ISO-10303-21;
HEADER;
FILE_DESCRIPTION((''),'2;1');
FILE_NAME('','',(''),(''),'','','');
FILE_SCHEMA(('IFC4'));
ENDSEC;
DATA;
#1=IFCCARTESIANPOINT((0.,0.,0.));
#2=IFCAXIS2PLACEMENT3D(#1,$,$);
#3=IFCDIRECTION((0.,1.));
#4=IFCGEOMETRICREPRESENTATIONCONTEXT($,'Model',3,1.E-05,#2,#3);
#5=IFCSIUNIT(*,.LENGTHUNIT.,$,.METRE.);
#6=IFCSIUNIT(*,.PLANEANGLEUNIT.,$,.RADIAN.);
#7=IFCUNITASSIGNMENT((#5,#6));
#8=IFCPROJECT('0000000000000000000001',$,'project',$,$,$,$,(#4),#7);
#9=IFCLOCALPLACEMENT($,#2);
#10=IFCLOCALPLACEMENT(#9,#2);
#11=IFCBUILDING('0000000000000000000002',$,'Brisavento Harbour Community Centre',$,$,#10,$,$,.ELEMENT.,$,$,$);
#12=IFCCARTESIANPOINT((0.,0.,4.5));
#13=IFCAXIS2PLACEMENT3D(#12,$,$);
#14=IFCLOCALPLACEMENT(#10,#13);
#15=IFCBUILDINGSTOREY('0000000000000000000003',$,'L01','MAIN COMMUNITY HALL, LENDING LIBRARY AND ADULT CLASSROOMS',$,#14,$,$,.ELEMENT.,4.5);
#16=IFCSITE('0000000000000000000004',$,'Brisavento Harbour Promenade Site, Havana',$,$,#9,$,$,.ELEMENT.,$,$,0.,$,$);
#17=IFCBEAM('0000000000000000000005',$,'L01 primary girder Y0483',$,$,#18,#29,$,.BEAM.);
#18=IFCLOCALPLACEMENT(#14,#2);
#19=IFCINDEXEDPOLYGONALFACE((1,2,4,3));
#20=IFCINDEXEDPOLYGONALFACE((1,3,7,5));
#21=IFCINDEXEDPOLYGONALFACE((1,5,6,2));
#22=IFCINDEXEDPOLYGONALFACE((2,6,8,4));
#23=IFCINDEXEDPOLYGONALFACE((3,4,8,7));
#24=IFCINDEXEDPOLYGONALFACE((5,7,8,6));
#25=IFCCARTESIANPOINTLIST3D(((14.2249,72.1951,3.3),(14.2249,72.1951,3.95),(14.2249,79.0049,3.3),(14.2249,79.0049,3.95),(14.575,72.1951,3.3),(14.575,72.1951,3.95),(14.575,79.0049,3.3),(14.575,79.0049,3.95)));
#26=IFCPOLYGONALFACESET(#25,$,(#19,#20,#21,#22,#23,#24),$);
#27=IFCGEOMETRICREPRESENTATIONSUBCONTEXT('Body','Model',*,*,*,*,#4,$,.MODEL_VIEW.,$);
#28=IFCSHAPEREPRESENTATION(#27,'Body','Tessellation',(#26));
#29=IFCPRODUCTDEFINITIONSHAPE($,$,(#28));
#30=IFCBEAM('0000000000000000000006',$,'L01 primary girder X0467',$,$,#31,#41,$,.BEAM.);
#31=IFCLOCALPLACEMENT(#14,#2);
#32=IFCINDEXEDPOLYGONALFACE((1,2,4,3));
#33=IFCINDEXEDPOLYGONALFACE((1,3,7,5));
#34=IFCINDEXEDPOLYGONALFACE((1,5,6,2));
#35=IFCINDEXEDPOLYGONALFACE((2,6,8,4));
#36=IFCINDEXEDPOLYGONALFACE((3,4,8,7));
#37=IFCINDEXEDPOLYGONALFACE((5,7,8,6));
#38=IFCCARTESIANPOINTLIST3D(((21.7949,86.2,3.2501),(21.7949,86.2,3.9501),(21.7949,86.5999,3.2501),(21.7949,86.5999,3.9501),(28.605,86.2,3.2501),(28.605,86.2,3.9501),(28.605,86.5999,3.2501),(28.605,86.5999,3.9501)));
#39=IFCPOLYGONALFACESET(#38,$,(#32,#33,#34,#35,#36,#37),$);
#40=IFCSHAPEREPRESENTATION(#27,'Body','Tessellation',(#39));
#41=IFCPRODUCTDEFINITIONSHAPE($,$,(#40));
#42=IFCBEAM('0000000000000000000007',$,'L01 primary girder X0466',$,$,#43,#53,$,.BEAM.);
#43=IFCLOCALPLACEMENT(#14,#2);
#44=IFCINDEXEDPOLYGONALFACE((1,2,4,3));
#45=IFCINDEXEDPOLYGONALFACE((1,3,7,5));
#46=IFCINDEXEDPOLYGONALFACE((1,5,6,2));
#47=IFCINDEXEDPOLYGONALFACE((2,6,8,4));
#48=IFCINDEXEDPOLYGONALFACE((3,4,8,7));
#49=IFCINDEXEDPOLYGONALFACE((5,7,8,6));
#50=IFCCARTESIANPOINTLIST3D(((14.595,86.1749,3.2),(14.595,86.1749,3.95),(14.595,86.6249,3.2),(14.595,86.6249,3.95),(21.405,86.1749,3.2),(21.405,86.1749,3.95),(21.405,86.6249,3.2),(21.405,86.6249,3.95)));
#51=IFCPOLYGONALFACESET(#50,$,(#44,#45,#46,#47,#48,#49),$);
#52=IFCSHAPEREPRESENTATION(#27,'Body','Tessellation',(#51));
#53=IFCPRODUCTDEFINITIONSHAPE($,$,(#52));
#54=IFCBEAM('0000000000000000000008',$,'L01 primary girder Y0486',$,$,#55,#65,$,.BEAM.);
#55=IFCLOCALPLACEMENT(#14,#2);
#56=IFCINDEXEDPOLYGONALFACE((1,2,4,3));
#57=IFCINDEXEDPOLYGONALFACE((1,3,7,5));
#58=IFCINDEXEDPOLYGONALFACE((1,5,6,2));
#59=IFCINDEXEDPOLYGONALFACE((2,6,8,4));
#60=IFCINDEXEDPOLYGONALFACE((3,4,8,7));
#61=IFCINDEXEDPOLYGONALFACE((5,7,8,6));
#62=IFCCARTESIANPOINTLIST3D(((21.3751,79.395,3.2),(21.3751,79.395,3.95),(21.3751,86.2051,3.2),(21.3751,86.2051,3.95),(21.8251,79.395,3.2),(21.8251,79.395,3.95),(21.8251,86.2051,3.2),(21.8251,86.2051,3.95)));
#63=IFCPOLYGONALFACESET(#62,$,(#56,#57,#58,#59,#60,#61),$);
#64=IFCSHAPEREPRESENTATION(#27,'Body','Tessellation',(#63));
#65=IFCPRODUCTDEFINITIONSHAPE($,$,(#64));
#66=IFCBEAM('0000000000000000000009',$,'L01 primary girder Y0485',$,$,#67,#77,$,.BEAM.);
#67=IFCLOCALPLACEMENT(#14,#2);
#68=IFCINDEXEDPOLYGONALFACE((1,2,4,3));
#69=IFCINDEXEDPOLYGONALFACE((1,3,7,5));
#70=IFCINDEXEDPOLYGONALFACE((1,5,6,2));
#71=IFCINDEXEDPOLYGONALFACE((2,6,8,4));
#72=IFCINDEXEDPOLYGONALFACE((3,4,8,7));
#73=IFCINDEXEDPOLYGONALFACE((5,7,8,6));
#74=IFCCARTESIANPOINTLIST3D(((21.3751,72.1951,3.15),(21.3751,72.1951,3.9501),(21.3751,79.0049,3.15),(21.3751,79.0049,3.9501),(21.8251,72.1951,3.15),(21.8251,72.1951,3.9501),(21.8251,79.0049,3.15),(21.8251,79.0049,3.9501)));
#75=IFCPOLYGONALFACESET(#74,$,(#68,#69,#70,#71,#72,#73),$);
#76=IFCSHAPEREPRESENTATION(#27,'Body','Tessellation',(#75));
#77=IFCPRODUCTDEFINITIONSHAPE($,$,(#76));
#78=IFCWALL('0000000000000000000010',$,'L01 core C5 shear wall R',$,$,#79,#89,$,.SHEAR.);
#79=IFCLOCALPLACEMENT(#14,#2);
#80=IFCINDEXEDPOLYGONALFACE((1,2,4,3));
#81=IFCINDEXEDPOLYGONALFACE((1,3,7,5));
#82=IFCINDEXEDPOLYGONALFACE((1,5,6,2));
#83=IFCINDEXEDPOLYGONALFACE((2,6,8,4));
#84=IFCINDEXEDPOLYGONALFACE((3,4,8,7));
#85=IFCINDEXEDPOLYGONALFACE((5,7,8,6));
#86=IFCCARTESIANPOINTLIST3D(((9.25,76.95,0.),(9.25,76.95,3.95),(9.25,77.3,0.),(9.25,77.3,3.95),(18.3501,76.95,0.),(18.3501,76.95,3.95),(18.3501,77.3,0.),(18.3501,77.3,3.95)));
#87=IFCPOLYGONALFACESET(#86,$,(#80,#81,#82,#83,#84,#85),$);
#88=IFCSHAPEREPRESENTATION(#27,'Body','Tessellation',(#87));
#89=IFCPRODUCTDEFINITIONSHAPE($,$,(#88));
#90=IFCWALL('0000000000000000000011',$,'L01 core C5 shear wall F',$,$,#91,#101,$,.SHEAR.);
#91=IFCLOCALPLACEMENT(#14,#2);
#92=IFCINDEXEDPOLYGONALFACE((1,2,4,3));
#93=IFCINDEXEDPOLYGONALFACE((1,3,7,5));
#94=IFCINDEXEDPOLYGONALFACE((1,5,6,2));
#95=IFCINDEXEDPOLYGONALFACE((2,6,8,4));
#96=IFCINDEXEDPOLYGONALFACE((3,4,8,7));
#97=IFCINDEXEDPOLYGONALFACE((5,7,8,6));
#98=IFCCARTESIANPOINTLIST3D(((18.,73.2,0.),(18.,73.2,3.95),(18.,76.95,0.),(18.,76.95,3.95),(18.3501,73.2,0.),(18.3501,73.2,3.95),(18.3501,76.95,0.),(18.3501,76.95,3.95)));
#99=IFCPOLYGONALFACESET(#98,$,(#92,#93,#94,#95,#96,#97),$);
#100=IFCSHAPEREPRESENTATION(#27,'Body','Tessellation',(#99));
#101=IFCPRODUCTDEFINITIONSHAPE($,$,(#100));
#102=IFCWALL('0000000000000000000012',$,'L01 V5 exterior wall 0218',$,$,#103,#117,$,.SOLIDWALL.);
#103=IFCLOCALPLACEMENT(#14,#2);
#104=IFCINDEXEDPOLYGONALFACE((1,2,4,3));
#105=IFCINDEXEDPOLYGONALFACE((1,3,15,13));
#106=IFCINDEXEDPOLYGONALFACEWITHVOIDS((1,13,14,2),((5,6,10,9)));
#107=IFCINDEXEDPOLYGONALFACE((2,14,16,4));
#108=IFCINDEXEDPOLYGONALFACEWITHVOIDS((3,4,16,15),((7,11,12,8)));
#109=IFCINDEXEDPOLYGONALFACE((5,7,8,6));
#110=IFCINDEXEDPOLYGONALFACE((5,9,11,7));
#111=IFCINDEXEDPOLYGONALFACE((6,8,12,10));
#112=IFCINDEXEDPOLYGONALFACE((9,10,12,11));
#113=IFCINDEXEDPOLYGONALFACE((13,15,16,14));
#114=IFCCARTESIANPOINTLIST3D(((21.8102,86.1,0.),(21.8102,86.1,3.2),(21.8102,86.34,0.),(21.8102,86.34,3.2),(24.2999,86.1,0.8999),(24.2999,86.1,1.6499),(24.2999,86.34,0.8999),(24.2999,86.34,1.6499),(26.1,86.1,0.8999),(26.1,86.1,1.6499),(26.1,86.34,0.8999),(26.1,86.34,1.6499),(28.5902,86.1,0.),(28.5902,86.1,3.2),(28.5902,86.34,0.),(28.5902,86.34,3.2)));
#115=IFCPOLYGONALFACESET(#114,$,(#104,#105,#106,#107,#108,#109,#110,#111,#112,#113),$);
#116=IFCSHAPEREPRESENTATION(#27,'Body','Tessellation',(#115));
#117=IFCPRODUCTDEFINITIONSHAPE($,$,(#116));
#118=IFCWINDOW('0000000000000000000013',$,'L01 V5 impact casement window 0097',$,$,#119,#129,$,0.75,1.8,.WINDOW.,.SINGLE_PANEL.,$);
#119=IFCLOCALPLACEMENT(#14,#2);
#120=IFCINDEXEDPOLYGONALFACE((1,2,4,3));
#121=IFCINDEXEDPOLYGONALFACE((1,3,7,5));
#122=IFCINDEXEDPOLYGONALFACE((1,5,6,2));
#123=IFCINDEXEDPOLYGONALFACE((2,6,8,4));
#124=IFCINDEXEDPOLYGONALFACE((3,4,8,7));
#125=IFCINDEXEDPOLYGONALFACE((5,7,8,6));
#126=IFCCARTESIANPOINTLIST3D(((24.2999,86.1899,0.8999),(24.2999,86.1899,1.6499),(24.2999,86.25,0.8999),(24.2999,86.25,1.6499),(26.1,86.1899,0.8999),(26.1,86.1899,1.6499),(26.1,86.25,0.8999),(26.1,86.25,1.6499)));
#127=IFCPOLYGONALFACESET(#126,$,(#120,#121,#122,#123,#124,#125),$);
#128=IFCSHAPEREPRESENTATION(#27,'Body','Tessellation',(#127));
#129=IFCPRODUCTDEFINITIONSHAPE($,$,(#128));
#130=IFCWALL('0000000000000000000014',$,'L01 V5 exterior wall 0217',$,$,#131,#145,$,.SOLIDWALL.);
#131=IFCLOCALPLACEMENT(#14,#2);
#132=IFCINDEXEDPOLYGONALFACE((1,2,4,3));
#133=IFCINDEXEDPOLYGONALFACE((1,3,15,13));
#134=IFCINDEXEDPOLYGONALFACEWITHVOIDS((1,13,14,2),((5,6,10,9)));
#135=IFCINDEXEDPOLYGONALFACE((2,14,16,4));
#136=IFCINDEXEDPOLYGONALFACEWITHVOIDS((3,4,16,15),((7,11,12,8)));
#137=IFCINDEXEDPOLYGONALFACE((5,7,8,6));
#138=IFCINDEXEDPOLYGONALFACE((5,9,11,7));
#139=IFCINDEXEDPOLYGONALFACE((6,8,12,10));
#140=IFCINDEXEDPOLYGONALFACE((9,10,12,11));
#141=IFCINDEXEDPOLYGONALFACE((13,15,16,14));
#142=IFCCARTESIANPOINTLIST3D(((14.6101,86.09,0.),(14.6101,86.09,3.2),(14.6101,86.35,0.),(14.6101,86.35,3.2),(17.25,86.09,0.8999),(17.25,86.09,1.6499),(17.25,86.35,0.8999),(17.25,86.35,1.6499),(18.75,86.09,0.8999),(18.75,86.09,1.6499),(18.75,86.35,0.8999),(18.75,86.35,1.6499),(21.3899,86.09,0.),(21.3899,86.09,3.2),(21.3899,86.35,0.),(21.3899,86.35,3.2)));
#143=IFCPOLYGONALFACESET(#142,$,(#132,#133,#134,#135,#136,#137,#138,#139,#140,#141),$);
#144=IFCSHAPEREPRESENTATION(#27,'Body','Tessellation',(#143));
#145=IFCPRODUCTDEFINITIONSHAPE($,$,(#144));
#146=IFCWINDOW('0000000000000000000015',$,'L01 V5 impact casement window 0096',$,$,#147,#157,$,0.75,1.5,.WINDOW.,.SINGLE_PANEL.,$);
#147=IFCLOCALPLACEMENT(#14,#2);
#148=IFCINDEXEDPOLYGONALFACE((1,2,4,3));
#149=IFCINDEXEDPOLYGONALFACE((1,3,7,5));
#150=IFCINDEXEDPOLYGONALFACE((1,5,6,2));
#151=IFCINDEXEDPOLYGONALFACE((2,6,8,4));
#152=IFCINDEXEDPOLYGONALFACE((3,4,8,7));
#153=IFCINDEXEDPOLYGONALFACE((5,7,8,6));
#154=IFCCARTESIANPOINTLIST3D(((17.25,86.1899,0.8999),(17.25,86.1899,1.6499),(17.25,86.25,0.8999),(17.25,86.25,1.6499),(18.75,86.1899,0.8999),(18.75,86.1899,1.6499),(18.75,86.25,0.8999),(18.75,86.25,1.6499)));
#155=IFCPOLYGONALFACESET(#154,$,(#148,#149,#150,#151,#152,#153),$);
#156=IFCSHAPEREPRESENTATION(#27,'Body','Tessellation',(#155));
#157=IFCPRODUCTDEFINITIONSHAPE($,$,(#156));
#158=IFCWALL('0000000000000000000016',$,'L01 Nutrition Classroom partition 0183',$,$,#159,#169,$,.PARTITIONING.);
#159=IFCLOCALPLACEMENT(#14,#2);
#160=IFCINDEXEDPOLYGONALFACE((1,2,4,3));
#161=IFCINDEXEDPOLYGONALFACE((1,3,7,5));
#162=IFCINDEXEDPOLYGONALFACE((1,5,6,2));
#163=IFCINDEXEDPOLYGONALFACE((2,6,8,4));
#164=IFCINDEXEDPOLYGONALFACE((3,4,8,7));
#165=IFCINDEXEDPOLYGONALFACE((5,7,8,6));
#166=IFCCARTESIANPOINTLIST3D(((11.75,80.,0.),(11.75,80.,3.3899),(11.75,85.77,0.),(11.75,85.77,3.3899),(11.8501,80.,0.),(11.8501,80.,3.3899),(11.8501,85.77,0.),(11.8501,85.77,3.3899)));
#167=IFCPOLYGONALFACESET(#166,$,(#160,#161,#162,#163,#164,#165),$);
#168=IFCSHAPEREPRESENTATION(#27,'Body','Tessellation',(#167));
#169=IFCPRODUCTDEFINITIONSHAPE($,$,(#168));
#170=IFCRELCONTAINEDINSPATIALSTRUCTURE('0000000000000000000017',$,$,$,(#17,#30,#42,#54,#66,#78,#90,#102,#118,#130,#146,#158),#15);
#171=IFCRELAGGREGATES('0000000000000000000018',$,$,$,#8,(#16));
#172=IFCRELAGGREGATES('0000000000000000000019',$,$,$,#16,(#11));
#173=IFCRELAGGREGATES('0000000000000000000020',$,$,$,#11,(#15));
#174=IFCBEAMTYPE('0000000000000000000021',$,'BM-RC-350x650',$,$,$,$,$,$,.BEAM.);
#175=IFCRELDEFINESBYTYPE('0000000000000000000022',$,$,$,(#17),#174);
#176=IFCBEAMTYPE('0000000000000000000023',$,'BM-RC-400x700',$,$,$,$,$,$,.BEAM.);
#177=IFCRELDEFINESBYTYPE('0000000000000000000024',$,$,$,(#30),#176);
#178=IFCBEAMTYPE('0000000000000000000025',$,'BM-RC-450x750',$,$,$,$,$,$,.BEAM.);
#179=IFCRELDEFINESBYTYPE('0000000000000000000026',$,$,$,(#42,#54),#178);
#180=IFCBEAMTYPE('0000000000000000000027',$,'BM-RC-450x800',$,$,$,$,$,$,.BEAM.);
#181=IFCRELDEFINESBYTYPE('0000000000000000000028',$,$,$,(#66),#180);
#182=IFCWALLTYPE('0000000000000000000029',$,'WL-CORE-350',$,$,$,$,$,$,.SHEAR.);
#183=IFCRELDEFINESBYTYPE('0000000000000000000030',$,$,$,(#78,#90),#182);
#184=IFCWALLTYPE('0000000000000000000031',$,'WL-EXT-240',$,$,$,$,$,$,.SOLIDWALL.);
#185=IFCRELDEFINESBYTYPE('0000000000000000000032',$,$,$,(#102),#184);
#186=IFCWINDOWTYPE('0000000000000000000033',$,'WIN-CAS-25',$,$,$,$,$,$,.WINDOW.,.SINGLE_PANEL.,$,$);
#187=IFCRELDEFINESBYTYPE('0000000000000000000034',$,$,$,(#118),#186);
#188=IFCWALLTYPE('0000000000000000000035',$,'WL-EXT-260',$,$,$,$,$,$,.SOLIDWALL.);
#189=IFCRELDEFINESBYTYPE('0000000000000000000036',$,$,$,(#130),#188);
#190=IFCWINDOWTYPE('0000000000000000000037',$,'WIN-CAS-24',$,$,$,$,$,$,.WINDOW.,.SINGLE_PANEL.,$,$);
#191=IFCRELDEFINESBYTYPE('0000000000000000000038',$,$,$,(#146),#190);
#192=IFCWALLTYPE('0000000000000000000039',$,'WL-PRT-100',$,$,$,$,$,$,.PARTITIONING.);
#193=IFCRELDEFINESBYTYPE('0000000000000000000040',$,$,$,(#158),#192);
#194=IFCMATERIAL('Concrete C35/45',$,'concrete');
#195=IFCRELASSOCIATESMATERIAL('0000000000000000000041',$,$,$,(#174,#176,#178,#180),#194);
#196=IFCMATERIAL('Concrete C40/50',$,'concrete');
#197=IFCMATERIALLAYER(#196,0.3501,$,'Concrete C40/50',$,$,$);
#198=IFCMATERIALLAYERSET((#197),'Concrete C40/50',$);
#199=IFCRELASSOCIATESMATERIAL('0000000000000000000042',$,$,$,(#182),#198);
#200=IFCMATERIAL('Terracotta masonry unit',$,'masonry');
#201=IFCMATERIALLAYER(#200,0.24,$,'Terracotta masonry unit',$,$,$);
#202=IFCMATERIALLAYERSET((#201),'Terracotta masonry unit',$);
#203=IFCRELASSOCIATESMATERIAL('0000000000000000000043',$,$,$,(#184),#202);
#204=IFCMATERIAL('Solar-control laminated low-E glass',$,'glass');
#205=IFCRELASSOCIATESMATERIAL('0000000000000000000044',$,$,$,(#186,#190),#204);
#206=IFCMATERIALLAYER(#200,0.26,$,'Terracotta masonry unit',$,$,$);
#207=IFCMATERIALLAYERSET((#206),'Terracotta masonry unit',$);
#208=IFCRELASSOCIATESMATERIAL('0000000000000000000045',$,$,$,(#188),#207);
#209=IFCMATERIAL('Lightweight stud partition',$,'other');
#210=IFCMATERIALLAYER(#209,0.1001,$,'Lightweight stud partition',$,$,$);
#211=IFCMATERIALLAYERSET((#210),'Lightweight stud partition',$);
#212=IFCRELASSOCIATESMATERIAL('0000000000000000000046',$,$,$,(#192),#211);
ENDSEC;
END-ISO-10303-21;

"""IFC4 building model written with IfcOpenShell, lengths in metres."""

from ifc_helpers import new_model, si_unit, direction, frame, frame_2d, origin, origin_2d, place, context, subcontext, project, spatial, rectangle, extrude, material, layer, layer_set, material_profile, profile_set, type_object, element, fill, save


model = new_model("IFC4")

# Units and contexts
model_context = context("Model", 3, precision=1e-05, world=origin(), true_north=direction((0.0, 1.0)))
body_context = subcontext(model_context, "Body", "Model", "MODEL_VIEW")
ifc_project = project(units=[si_unit("LENGTHUNIT", "METRE"), si_unit("PLANEANGLEUNIT", "RADIAN")], contexts=[model_context])

# Site, building, storey
site_placement = place(None, origin())
site = spatial("IfcSite", under=ifc_project, at=site_placement, Name="Brisavento Harbour Promenade Site, Havana", CompositionType="ELEMENT", RefElevation=0.0)
building_placement = place(site_placement, origin())
building = spatial("IfcBuilding", under=site, at=building_placement, Name="Brisavento Harbour Community Centre", CompositionType="ELEMENT")
storey_placement = place(building_placement, frame((0.0, 0.0, 4.5)))
storey = spatial("IfcBuildingStorey", under=building, at=storey_placement, Name="L01", Description="MAIN COMMUNITY HALL, LENDING LIBRARY AND ADULT CLASSROOMS", CompositionType="ELEMENT", Elevation=4.5)

# Shared definitions
ifc_material_1 = material(Name="Concrete C35/45", Category="concrete")

# Beams
ifc_material_profile_1 = material_profile(ifc_material_1, rectangle(XDim=0.3501, YDim=0.6499, at=origin_2d()), Name="Concrete C35/45")
ifc_profile_set_1 = profile_set([ifc_material_profile_1], Name="Concrete C35/45")
beam_type_1 = type_object("IfcBeamType", Name="BM-RC-350x650", PredefinedType="BEAM", material=ifc_profile_set_1)
beam_1_placement = place(storey_placement, frame((14.3999, 72.1951, 3.625), z_axis=(0.0, 1.0, 0.0), x_axis=(-1.0, 0.0, 0.0)))
element("IfcBeam", 1, at=beam_1_placement, inside=storey, type_object=beam_type_1, Name="L01 primary girder Y0483", PredefinedType="BEAM", context=body_context, shape_type="SweptSolid", body=[
    extrude(rectangle(XDim=0.3501, YDim=0.6499, at=origin_2d()), origin(), (0.0, 0.0, 1.0), 6.8098),
])
ifc_material_profile_2 = material_profile(ifc_material_1, rectangle(XDim=0.3999, YDim=0.7, at=origin_2d()), Name="Concrete C35/45")
ifc_profile_set_2 = profile_set([ifc_material_profile_2], Name="Concrete C35/45")
beam_type_2 = type_object("IfcBeamType", Name="BM-RC-400x700", PredefinedType="BEAM", material=ifc_profile_set_2)
beam_2_placement = place(storey_placement, frame((21.7949, 86.3999, 3.6001), z_axis=(1.0, 0.0, 0.0), x_axis=(0.0, 1.0, 0.0)))
element("IfcBeam", 2, at=beam_2_placement, inside=storey, type_object=beam_type_2, Name="L01 primary girder X0467", PredefinedType="BEAM", context=body_context, shape_type="SweptSolid", body=[
    extrude(rectangle(XDim=0.3999, YDim=0.7, at=origin_2d()), origin(), (0.0, 0.0, 1.0), 6.8101),
])
ifc_material_profile_3 = material_profile(ifc_material_1, rectangle(XDim=0.45, YDim=0.75, at=origin_2d()), Name="Concrete C35/45")
ifc_profile_set_3 = profile_set([ifc_material_profile_3], Name="Concrete C35/45")
beam_type_3 = type_object("IfcBeamType", Name="BM-RC-450x750", PredefinedType="BEAM", material=ifc_profile_set_3)
for number, where, z_axis, x_axis, name in (
    (3, (14.595, 86.3999, 3.575), (1.0, 0.0, 0.0), (0.0, 1.0, 0.0), "L01 primary girder X0466"),
    (4, (21.6001, 79.395, 3.575), (0.0, 1.0, 0.0), (-1.0, 0.0, 0.0), "L01 primary girder Y0486"),
):
    element("IfcBeam", number, at=place(storey_placement, frame(where, z_axis=z_axis, x_axis=x_axis)), inside=storey, type_object=beam_type_3, Name=name, PredefinedType="BEAM", context=body_context, shape_type="SweptSolid", body=[
        extrude(rectangle(XDim=0.45, YDim=0.75, at=origin_2d()), origin(), (0.0, 0.0, 1.0), 6.8101),
    ])
ifc_material_profile_4 = material_profile(ifc_material_1, rectangle(XDim=0.45, YDim=0.8, at=origin_2d()), Name="Concrete C35/45")
ifc_profile_set_4 = profile_set([ifc_material_profile_4], Name="Concrete C35/45")
beam_type_4 = type_object("IfcBeamType", Name="BM-RC-450x800", PredefinedType="BEAM", material=ifc_profile_set_4)
beam_3_placement = place(storey_placement, frame((21.6001, 72.1951, 3.55), z_axis=(0.0, 1.0, 0.0), x_axis=(-1.0, 0.0, 0.0)))
element("IfcBeam", 5, at=beam_3_placement, inside=storey, type_object=beam_type_4, Name="L01 primary girder Y0485", PredefinedType="BEAM", context=body_context, shape_type="SweptSolid", body=[
    extrude(rectangle(XDim=0.45, YDim=0.8, at=origin_2d()), origin(), (0.0, 0.0, 1.0), 6.8098),
])

# Walls
ifc_material_2 = material(Name="Concrete C40/50", Category="concrete")
ifc_layer_1 = layer(ifc_material_2, 0.3501, Name="Concrete C40/50")
ifc_layer_set_1 = layer_set([ifc_layer_1], Name="Concrete C40/50")
wall_type_1 = type_object("IfcWallType", Name="WL-CORE-350", PredefinedType="SHEAR", material=ifc_layer_set_1)
wall_1_placement = place(storey_placement, frame((18.3501, 77.125, 0.0), z_axis=(0.0, 0.0, 1.0), x_axis=(-1.0, 0.0, 0.0)))
element("IfcWall", 6, at=wall_1_placement, inside=storey, type_object=wall_type_1, Name="L01 core C5 shear wall R", PredefinedType="SHEAR", context=body_context, shape_type="SweptSolid", body=[
    extrude(rectangle(XDim=9.1001, YDim=0.3501, at=frame_2d((4.55, 0.0))), origin(), (0.0, 0.0, 1.0), 3.95),
])
wall_2_placement = place(storey_placement, frame((18.175, 73.2, 0.0), z_axis=(0.0, 0.0, 1.0), x_axis=(0.0, 1.0, 0.0)))
element("IfcWall", 7, at=wall_2_placement, inside=storey, type_object=wall_type_1, Name="L01 core C5 shear wall F", PredefinedType="SHEAR", context=body_context, shape_type="SweptSolid", body=[
    extrude(rectangle(XDim=3.75, YDim=0.3501, at=frame_2d((1.875, 0.0))), origin(), (0.0, 0.0, 1.0), 3.95),
])

# Walls, openings, windows
ifc_material_3 = material(Name="Terracotta masonry unit", Category="masonry")
ifc_layer_2 = layer(ifc_material_3, 0.24, Name="Terracotta masonry unit")
ifc_layer_set_2 = layer_set([ifc_layer_2], Name="Terracotta masonry unit")
wall_type_2 = type_object("IfcWallType", Name="WL-EXT-240", PredefinedType="SOLIDWALL", material=ifc_layer_set_2)
wall_3_placement = place(storey_placement, frame((21.8101, 86.22, 0.0), z_axis=(0.0, 0.0, 1.0), x_axis=(1.0, 0.0, 0.0)))
wall_3 = element("IfcWall", 8, at=wall_3_placement, inside=storey, type_object=wall_type_2, Name="L01 V5 exterior wall 0218", PredefinedType="SOLIDWALL", context=body_context, shape_type="SweptSolid", body=[
    extrude(rectangle(XDim=6.78, YDim=0.24, at=frame_2d((3.3901, 0.0))), origin(), (0.0, 0.0, 1.0), 3.2),
])
opening_1_placement = place(wall_3_placement, frame((2.49, 0.0, 0.8999)))
opening_1 = element("IfcOpeningElement", 9, at=opening_1_placement, cuts=wall_3, PredefinedType="OPENING", context=body_context, shape_type="SweptSolid", body=[
    extrude(rectangle(XDim=1.8, YDim=0.75, at=frame_2d((0.8999, 0.375))), frame((0.0, 0.1299, 0.0), z_axis=(0.0, -1.0, 0.0), x_axis=(1.0, 0.0, 0.0)), (0.0, 0.0, 1.0), 0.26),
])
ifc_material_4 = material(Name="Solar-control laminated low-E glass", Category="glass")
window_type_1 = type_object("IfcWindowType", Name="WIN-CAS-25", PartitioningType="SINGLE_PANEL", PredefinedType="WINDOW", material=ifc_material_4)
window_1_placement = place(opening_1_placement, origin())
window_1 = element("IfcWindow", 10, at=window_1_placement, inside=storey, type_object=window_type_1, Name="L01 V5 impact casement window 0097", OverallHeight=0.75, OverallWidth=1.8, PartitioningType="SINGLE_PANEL", PredefinedType="WINDOW", context=body_context, shape_type="SweptSolid", body=[
    extrude(rectangle(XDim=1.8, YDim=0.75, at=frame_2d((0.8999, 0.375))), frame((0.0, 0.03, 0.0), z_axis=(0.0, -1.0, 0.0), x_axis=(1.0, 0.0, 0.0)), (0.0, 0.0, 1.0), 0.0601),
])
fill(opening_1, window_1)
ifc_layer_3 = layer(ifc_material_3, 0.26, Name="Terracotta masonry unit")
ifc_layer_set_3 = layer_set([ifc_layer_3], Name="Terracotta masonry unit")
wall_type_3 = type_object("IfcWallType", Name="WL-EXT-260", PredefinedType="SOLIDWALL", material=ifc_layer_set_3)
wall_4_placement = place(storey_placement, frame((14.6101, 86.22, 0.0), z_axis=(0.0, 0.0, 1.0), x_axis=(1.0, 0.0, 0.0)))
wall_4 = element("IfcWall", 11, at=wall_4_placement, inside=storey, type_object=wall_type_3, Name="L01 V5 exterior wall 0217", PredefinedType="SOLIDWALL", context=body_context, shape_type="SweptSolid", body=[
    extrude(rectangle(XDim=6.7798, YDim=0.26, at=frame_2d((3.3899, 0.0))), origin(), (0.0, 0.0, 1.0), 3.2),
])
opening_2_placement = place(wall_4_placement, frame((2.6399, 0.0, 0.8999)))
opening_2 = element("IfcOpeningElement", 12, at=opening_2_placement, cuts=wall_4, PredefinedType="OPENING", context=body_context, shape_type="SweptSolid", body=[
    extrude(rectangle(XDim=1.5, YDim=0.75, at=frame_2d((0.75, 0.375))), frame((0.0, 0.1401, 0.0), z_axis=(0.0, -1.0, 0.0), x_axis=(1.0, 0.0, 0.0)), (0.0, 0.0, 1.0), 0.28),
])
window_type_2 = type_object("IfcWindowType", Name="WIN-CAS-24", PartitioningType="SINGLE_PANEL", PredefinedType="WINDOW", material=ifc_material_4)
window_2_placement = place(opening_2_placement, origin())
window_2 = element("IfcWindow", 13, at=window_2_placement, inside=storey, type_object=window_type_2, Name="L01 V5 impact casement window 0096", OverallHeight=0.75, OverallWidth=1.5, PartitioningType="SINGLE_PANEL", PredefinedType="WINDOW", context=body_context, shape_type="SweptSolid", body=[
    extrude(rectangle(XDim=1.5, YDim=0.75, at=frame_2d((0.75, 0.375))), frame((0.0, 0.03, 0.0), z_axis=(0.0, -1.0, 0.0), x_axis=(1.0, 0.0, 0.0)), (0.0, 0.0, 1.0), 0.0601),
])
fill(opening_2, window_2)

# Wall
ifc_material_5 = material(Name="Lightweight stud partition", Category="other")
ifc_layer_4 = layer(ifc_material_5, 0.1001, Name="Lightweight stud partition")
ifc_layer_set_4 = layer_set([ifc_layer_4], Name="Lightweight stud partition")
wall_type_4 = type_object("IfcWallType", Name="WL-PRT-100", PredefinedType="PARTITIONING", material=ifc_layer_set_4)
wall_5_placement = place(storey_placement, frame((11.8, 80.0, 0.0), z_axis=(0.0, 0.0, 1.0), x_axis=(0.0, 1.0, 0.0)))
element("IfcWall", 14, at=wall_5_placement, inside=storey, type_object=wall_type_4, Name="L01 Nutrition Classroom partition 0183", PredefinedType="PARTITIONING", context=body_context, shape_type="SweptSolid", body=[
    extrude(rectangle(XDim=5.77, YDim=0.1001, at=frame_2d((2.885, 0.0))), origin(), (0.0, 0.0, 1.0), 3.3899),
])

save(model, "model.ifc")
